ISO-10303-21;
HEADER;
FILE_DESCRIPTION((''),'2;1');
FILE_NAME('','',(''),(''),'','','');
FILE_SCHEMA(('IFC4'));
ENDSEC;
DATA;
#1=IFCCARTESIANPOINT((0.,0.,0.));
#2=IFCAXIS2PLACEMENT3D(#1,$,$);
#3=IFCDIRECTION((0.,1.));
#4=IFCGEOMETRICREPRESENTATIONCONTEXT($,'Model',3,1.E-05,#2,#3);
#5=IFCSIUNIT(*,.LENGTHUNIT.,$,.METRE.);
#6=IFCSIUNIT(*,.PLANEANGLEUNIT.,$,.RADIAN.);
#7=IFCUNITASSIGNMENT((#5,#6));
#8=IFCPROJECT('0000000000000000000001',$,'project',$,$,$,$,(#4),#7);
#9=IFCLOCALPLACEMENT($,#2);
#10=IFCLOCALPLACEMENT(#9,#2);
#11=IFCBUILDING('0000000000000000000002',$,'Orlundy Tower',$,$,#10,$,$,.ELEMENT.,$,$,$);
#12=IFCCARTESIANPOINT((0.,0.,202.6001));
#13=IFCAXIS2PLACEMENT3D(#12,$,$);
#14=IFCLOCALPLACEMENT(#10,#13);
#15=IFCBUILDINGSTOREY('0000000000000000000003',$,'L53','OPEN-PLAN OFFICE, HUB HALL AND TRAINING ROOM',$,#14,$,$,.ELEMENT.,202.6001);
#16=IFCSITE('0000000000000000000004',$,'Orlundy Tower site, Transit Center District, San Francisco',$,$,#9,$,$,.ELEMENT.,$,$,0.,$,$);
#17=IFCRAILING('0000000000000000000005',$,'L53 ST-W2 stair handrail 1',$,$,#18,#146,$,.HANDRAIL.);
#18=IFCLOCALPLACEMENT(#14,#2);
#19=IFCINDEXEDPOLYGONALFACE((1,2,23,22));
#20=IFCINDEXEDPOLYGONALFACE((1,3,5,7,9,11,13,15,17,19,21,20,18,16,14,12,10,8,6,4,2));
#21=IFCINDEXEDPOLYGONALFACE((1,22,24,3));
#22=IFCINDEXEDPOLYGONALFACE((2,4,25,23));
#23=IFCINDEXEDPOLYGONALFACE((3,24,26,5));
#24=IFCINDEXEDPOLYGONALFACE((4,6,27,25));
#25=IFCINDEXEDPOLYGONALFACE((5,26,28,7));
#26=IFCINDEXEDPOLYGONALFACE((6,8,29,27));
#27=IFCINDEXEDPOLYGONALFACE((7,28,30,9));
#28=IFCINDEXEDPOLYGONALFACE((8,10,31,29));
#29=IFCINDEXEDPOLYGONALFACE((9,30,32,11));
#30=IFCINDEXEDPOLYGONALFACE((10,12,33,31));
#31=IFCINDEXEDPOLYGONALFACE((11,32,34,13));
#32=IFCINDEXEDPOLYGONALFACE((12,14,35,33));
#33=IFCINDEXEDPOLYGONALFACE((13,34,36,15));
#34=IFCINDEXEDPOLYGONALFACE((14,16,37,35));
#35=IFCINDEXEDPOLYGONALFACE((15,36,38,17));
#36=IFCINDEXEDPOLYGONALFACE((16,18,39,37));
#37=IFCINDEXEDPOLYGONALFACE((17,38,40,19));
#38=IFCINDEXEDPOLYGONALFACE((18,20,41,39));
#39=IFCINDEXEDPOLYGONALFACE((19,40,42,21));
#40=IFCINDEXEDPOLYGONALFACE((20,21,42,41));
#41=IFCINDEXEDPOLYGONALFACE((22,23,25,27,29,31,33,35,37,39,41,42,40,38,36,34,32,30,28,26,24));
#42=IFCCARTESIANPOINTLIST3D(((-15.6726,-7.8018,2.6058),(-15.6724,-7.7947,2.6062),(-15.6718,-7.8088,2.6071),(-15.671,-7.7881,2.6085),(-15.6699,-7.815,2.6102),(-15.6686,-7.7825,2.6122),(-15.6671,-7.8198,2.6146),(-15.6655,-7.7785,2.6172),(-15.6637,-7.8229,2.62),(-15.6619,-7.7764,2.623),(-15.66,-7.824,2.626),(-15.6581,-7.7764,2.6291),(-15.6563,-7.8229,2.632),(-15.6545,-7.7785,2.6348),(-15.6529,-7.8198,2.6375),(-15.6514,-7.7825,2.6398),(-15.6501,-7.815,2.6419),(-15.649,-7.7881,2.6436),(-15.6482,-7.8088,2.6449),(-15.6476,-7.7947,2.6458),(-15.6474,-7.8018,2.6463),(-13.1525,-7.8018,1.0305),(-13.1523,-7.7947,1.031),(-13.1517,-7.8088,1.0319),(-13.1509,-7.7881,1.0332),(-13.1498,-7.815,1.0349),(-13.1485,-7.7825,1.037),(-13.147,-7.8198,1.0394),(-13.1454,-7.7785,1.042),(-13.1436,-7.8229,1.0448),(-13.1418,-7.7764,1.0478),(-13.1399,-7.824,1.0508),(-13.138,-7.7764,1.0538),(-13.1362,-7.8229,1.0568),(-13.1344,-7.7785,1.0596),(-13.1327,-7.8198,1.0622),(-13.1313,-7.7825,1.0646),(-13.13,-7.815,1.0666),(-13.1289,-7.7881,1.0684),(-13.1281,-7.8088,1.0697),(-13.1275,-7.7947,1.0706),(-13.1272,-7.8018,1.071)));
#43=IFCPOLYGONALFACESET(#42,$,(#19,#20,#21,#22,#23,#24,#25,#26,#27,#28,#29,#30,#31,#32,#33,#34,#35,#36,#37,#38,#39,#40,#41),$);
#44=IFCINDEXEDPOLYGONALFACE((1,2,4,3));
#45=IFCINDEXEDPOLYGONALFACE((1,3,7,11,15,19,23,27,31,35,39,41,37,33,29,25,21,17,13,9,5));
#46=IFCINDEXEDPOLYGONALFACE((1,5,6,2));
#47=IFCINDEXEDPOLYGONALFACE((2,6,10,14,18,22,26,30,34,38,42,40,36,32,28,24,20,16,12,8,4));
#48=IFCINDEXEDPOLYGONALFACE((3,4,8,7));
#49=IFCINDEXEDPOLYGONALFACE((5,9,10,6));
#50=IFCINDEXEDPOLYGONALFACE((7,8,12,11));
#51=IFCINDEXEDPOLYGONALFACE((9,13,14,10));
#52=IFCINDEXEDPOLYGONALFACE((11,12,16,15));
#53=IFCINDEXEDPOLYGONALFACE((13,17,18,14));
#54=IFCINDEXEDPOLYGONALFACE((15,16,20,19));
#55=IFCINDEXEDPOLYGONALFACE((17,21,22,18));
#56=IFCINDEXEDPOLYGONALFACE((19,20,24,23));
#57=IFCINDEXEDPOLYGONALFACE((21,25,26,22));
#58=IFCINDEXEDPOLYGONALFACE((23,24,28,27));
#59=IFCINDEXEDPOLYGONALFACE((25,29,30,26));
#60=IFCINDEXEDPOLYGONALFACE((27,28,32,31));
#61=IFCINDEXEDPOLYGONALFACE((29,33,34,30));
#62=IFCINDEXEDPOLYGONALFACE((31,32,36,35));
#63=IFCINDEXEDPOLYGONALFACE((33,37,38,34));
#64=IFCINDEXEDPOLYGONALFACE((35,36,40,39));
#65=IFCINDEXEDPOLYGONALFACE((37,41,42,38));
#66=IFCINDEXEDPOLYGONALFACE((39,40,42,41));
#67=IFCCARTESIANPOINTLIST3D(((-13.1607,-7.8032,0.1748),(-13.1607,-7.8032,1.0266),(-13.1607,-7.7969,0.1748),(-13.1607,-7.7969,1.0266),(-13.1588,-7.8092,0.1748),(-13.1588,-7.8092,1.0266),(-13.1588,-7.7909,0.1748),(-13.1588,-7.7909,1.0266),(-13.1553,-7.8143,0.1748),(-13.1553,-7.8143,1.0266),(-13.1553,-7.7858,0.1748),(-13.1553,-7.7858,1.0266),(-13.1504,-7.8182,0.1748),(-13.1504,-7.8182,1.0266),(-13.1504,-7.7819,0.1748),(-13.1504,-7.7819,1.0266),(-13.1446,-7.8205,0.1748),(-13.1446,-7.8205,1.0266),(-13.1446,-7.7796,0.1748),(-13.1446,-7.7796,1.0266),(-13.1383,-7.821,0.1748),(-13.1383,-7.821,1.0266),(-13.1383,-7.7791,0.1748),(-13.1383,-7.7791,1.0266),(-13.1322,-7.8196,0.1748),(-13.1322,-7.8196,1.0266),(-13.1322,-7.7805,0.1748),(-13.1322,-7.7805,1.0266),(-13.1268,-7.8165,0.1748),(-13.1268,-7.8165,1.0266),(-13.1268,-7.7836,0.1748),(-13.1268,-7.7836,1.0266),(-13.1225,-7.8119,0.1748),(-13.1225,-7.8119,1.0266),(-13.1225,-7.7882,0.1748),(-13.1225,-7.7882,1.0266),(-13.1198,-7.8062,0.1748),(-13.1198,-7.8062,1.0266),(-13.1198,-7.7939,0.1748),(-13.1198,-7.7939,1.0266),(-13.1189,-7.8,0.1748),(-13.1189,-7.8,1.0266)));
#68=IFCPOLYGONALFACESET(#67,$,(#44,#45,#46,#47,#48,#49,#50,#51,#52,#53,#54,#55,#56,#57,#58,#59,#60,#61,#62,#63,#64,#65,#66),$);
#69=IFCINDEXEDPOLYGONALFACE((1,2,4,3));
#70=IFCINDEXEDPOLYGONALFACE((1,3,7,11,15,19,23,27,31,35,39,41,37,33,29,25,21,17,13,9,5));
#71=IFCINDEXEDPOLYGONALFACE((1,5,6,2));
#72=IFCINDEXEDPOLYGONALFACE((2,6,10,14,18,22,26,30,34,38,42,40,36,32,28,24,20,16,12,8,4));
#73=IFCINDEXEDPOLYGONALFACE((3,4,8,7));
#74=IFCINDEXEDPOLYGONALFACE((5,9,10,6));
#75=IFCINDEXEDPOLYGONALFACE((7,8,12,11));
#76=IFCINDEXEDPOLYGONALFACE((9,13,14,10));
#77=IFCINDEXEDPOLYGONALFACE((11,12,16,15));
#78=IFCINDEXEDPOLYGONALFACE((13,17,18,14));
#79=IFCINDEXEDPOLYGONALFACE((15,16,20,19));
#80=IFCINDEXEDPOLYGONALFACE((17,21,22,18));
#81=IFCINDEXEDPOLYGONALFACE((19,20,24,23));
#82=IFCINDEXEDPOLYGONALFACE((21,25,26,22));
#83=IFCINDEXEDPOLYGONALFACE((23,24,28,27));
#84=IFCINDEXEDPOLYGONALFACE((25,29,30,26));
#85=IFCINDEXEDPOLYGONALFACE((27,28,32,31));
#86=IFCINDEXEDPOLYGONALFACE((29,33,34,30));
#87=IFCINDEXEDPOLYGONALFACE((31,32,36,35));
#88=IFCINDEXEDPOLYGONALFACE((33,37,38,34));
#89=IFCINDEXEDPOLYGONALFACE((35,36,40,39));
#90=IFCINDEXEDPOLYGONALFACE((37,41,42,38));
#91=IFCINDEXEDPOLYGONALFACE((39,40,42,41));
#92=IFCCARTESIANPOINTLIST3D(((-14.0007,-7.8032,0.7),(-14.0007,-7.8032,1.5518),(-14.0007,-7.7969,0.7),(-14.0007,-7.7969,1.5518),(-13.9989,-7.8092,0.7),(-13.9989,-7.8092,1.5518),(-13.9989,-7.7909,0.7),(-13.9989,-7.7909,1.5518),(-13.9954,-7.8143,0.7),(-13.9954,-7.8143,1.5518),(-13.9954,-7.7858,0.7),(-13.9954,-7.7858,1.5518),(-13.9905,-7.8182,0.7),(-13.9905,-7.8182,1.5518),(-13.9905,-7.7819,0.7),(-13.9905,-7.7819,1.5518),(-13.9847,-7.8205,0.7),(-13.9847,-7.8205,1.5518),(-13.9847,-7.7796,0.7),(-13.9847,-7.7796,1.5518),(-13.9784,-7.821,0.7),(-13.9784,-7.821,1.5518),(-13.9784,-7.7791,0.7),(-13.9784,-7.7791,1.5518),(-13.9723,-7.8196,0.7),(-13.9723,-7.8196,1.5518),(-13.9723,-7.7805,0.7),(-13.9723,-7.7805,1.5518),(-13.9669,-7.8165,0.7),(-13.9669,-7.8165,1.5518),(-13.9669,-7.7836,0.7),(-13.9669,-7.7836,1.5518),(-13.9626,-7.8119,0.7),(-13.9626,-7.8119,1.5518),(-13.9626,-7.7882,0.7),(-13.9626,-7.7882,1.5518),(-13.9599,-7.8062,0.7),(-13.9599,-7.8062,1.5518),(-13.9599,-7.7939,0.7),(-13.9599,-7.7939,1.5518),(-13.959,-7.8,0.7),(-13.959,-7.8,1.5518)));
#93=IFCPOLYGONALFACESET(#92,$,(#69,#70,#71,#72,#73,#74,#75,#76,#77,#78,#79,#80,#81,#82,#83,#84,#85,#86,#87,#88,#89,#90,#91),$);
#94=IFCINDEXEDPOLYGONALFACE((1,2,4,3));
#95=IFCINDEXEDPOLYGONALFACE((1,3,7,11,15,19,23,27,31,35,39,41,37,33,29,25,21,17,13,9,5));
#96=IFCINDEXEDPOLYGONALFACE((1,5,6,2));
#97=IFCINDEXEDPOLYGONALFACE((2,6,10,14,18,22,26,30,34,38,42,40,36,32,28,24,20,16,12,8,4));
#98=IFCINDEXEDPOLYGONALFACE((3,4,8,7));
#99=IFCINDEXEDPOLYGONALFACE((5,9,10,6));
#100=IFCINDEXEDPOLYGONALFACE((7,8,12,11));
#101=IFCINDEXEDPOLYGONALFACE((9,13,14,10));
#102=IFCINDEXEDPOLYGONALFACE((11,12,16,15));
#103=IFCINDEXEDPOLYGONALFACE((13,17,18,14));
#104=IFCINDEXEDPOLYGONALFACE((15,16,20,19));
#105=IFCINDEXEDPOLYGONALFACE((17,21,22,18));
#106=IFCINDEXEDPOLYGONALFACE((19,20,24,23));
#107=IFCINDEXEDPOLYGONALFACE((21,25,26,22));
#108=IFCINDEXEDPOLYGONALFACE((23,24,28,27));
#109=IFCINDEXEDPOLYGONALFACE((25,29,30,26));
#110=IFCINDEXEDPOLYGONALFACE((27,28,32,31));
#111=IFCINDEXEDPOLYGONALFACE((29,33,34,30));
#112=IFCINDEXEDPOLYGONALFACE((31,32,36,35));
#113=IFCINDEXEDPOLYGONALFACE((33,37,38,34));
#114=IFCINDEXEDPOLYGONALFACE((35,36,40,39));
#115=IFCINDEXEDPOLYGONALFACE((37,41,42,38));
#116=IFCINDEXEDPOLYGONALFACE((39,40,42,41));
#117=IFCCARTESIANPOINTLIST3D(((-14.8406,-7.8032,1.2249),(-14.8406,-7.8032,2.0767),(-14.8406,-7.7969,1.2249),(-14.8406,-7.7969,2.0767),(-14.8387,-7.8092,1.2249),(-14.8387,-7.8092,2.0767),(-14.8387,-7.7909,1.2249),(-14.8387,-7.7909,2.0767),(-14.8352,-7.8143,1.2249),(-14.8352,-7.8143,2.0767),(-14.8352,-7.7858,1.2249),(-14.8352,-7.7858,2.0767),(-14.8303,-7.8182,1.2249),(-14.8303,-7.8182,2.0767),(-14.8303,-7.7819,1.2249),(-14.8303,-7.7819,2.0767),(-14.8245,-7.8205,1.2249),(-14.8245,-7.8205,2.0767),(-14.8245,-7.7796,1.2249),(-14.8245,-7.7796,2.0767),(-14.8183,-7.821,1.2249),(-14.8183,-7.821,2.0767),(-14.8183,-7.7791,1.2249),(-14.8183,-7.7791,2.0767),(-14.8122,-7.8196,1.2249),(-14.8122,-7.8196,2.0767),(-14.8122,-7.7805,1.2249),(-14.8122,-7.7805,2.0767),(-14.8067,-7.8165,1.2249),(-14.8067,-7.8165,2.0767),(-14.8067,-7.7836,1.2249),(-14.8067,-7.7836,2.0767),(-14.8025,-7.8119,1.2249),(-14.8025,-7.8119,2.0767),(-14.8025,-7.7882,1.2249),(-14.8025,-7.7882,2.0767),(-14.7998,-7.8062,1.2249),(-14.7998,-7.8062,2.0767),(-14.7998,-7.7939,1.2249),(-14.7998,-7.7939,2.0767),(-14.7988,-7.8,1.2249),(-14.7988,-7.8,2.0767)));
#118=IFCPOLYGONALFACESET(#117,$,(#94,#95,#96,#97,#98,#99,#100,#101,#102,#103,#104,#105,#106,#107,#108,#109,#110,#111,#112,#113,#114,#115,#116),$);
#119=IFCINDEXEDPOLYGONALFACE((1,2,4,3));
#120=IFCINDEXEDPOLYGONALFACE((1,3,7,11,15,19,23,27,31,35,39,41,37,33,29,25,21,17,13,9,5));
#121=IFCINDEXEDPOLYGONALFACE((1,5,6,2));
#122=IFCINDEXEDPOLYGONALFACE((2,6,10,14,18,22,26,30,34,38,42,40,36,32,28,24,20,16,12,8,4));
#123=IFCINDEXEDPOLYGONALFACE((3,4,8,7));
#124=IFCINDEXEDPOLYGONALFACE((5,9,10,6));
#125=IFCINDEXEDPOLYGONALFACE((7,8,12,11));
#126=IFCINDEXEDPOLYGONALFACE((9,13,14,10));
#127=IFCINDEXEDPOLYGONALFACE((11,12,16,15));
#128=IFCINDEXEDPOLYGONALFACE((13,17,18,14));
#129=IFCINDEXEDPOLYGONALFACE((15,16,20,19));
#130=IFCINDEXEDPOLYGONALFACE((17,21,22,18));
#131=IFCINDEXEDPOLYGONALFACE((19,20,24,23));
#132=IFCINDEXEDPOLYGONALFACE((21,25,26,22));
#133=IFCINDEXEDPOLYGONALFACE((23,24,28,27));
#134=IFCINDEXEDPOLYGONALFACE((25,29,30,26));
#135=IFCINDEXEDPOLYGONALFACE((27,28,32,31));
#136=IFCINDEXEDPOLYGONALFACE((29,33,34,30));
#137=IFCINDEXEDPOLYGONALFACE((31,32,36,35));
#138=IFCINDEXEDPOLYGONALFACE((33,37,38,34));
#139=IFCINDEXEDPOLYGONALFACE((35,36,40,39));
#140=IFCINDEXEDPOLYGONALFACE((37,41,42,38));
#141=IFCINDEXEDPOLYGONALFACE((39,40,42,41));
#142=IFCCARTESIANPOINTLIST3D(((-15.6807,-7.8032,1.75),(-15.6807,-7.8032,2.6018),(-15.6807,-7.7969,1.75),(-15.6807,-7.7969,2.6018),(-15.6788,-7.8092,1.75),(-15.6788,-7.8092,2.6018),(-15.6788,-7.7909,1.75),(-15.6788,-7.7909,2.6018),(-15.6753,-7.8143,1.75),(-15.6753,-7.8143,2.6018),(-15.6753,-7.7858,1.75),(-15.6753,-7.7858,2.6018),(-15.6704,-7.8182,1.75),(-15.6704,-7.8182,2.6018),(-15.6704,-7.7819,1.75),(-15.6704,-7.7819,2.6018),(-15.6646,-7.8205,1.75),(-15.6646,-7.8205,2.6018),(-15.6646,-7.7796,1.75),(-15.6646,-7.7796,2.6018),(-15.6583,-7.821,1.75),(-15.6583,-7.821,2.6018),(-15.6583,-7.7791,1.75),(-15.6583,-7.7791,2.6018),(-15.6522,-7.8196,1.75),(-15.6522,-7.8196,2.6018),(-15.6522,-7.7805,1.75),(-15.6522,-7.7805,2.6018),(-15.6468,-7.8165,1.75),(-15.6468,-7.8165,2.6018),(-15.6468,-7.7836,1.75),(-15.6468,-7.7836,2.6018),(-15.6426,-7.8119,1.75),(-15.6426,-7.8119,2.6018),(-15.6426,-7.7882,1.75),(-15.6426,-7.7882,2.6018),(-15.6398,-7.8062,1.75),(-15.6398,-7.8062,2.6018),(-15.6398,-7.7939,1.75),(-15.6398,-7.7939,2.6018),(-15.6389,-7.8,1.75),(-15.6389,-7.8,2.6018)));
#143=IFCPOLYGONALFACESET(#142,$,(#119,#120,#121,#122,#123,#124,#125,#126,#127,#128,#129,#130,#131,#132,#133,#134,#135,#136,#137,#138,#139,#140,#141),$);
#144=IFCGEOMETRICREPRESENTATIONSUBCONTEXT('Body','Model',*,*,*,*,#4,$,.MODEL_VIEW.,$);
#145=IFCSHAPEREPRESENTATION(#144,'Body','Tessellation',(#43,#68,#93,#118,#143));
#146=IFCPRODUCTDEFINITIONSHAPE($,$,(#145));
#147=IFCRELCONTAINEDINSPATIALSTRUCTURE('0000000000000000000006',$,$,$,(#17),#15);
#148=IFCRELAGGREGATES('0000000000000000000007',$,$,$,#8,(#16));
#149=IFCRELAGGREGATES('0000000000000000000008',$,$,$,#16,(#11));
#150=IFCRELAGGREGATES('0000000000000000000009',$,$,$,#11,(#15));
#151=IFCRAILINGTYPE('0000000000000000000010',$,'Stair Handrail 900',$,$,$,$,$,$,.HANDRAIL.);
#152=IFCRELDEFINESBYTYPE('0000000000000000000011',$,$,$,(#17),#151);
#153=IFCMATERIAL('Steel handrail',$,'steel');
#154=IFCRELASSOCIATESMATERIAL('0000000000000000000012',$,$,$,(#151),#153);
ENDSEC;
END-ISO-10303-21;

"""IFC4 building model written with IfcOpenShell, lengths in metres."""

from ifc_helpers import new_model, si_unit, direction, frame, origin, origin_2d, place, context, subcontext, project, spatial, circle, extrude, material, type_object, element, save


model = new_model("IFC4")

# Units and contexts
model_context = context("Model", 3, precision=1e-05, world=origin(), true_north=direction((0.0, 1.0)))
body_context = subcontext(model_context, "Body", "Model", "MODEL_VIEW")
ifc_project = project(units=[si_unit("LENGTHUNIT", "METRE"), si_unit("PLANEANGLEUNIT", "RADIAN")], contexts=[model_context])

# Site, building, storey
site_placement = place(None, origin())
site = spatial("IfcSite", under=ifc_project, at=site_placement, Name="Orlundy Tower site, Transit Center District, San Francisco", CompositionType="ELEMENT", RefElevation=0.0)
building_placement = place(site_placement, origin())
building = spatial("IfcBuilding", under=site, at=building_placement, Name="Orlundy Tower", CompositionType="ELEMENT")
storey_placement = place(building_placement, frame((0.0, 0.0, 202.6001)))
storey = spatial("IfcBuildingStorey", under=building, at=storey_placement, Name="L53", Description="OPEN-PLAN OFFICE, HUB HALL AND TRAINING ROOM", CompositionType="ELEMENT", Elevation=202.6001)

# Railing
ifc_material_1 = material(Name="Steel handrail", Category="steel")
railing_type_1 = type_object("IfcRailingType", Name="Stair Handrail 900", PredefinedType="HANDRAIL", material=ifc_material_1)
railing_1_placement = place(storey_placement, frame((-13.1399, -7.8, 0.1748)))
element("IfcRailing", 1, at=railing_1_placement, inside=storey, type_object=railing_type_1, Name="L53 ST-W2 stair handrail 1", PredefinedType="HANDRAIL", context=body_context, shape_type="SweptSolid", body=[
    extrude(circle(Radius=0.0239, at=origin_2d()), frame((0.0, 0.0, 0.876), z_axis=(-0.847971, 0.0, 0.530043), x_axis=(0.0, -1.0, 0.0)), (0.0, 0.0, 1.0), 2.9719),
    extrude(circle(Radius=0.021, at=origin_2d()), origin(), (0.0, 0.0, 1.0), 0.8518),
    extrude(circle(Radius=0.021, at=origin_2d()), frame((-0.8401, 0.0, 0.5251)), (0.0, 0.0, 1.0), 0.8518),
    extrude(circle(Radius=0.021, at=origin_2d()), frame((-1.6799, 0.0, 1.05)), (0.0, 0.0, 1.0), 0.8518),
    extrude(circle(Radius=0.021, at=origin_2d()), frame((-2.52, 0.0, 1.5752)), (0.0, 0.0, 1.0), 0.8518),
])

save(model, "model.ifc")
